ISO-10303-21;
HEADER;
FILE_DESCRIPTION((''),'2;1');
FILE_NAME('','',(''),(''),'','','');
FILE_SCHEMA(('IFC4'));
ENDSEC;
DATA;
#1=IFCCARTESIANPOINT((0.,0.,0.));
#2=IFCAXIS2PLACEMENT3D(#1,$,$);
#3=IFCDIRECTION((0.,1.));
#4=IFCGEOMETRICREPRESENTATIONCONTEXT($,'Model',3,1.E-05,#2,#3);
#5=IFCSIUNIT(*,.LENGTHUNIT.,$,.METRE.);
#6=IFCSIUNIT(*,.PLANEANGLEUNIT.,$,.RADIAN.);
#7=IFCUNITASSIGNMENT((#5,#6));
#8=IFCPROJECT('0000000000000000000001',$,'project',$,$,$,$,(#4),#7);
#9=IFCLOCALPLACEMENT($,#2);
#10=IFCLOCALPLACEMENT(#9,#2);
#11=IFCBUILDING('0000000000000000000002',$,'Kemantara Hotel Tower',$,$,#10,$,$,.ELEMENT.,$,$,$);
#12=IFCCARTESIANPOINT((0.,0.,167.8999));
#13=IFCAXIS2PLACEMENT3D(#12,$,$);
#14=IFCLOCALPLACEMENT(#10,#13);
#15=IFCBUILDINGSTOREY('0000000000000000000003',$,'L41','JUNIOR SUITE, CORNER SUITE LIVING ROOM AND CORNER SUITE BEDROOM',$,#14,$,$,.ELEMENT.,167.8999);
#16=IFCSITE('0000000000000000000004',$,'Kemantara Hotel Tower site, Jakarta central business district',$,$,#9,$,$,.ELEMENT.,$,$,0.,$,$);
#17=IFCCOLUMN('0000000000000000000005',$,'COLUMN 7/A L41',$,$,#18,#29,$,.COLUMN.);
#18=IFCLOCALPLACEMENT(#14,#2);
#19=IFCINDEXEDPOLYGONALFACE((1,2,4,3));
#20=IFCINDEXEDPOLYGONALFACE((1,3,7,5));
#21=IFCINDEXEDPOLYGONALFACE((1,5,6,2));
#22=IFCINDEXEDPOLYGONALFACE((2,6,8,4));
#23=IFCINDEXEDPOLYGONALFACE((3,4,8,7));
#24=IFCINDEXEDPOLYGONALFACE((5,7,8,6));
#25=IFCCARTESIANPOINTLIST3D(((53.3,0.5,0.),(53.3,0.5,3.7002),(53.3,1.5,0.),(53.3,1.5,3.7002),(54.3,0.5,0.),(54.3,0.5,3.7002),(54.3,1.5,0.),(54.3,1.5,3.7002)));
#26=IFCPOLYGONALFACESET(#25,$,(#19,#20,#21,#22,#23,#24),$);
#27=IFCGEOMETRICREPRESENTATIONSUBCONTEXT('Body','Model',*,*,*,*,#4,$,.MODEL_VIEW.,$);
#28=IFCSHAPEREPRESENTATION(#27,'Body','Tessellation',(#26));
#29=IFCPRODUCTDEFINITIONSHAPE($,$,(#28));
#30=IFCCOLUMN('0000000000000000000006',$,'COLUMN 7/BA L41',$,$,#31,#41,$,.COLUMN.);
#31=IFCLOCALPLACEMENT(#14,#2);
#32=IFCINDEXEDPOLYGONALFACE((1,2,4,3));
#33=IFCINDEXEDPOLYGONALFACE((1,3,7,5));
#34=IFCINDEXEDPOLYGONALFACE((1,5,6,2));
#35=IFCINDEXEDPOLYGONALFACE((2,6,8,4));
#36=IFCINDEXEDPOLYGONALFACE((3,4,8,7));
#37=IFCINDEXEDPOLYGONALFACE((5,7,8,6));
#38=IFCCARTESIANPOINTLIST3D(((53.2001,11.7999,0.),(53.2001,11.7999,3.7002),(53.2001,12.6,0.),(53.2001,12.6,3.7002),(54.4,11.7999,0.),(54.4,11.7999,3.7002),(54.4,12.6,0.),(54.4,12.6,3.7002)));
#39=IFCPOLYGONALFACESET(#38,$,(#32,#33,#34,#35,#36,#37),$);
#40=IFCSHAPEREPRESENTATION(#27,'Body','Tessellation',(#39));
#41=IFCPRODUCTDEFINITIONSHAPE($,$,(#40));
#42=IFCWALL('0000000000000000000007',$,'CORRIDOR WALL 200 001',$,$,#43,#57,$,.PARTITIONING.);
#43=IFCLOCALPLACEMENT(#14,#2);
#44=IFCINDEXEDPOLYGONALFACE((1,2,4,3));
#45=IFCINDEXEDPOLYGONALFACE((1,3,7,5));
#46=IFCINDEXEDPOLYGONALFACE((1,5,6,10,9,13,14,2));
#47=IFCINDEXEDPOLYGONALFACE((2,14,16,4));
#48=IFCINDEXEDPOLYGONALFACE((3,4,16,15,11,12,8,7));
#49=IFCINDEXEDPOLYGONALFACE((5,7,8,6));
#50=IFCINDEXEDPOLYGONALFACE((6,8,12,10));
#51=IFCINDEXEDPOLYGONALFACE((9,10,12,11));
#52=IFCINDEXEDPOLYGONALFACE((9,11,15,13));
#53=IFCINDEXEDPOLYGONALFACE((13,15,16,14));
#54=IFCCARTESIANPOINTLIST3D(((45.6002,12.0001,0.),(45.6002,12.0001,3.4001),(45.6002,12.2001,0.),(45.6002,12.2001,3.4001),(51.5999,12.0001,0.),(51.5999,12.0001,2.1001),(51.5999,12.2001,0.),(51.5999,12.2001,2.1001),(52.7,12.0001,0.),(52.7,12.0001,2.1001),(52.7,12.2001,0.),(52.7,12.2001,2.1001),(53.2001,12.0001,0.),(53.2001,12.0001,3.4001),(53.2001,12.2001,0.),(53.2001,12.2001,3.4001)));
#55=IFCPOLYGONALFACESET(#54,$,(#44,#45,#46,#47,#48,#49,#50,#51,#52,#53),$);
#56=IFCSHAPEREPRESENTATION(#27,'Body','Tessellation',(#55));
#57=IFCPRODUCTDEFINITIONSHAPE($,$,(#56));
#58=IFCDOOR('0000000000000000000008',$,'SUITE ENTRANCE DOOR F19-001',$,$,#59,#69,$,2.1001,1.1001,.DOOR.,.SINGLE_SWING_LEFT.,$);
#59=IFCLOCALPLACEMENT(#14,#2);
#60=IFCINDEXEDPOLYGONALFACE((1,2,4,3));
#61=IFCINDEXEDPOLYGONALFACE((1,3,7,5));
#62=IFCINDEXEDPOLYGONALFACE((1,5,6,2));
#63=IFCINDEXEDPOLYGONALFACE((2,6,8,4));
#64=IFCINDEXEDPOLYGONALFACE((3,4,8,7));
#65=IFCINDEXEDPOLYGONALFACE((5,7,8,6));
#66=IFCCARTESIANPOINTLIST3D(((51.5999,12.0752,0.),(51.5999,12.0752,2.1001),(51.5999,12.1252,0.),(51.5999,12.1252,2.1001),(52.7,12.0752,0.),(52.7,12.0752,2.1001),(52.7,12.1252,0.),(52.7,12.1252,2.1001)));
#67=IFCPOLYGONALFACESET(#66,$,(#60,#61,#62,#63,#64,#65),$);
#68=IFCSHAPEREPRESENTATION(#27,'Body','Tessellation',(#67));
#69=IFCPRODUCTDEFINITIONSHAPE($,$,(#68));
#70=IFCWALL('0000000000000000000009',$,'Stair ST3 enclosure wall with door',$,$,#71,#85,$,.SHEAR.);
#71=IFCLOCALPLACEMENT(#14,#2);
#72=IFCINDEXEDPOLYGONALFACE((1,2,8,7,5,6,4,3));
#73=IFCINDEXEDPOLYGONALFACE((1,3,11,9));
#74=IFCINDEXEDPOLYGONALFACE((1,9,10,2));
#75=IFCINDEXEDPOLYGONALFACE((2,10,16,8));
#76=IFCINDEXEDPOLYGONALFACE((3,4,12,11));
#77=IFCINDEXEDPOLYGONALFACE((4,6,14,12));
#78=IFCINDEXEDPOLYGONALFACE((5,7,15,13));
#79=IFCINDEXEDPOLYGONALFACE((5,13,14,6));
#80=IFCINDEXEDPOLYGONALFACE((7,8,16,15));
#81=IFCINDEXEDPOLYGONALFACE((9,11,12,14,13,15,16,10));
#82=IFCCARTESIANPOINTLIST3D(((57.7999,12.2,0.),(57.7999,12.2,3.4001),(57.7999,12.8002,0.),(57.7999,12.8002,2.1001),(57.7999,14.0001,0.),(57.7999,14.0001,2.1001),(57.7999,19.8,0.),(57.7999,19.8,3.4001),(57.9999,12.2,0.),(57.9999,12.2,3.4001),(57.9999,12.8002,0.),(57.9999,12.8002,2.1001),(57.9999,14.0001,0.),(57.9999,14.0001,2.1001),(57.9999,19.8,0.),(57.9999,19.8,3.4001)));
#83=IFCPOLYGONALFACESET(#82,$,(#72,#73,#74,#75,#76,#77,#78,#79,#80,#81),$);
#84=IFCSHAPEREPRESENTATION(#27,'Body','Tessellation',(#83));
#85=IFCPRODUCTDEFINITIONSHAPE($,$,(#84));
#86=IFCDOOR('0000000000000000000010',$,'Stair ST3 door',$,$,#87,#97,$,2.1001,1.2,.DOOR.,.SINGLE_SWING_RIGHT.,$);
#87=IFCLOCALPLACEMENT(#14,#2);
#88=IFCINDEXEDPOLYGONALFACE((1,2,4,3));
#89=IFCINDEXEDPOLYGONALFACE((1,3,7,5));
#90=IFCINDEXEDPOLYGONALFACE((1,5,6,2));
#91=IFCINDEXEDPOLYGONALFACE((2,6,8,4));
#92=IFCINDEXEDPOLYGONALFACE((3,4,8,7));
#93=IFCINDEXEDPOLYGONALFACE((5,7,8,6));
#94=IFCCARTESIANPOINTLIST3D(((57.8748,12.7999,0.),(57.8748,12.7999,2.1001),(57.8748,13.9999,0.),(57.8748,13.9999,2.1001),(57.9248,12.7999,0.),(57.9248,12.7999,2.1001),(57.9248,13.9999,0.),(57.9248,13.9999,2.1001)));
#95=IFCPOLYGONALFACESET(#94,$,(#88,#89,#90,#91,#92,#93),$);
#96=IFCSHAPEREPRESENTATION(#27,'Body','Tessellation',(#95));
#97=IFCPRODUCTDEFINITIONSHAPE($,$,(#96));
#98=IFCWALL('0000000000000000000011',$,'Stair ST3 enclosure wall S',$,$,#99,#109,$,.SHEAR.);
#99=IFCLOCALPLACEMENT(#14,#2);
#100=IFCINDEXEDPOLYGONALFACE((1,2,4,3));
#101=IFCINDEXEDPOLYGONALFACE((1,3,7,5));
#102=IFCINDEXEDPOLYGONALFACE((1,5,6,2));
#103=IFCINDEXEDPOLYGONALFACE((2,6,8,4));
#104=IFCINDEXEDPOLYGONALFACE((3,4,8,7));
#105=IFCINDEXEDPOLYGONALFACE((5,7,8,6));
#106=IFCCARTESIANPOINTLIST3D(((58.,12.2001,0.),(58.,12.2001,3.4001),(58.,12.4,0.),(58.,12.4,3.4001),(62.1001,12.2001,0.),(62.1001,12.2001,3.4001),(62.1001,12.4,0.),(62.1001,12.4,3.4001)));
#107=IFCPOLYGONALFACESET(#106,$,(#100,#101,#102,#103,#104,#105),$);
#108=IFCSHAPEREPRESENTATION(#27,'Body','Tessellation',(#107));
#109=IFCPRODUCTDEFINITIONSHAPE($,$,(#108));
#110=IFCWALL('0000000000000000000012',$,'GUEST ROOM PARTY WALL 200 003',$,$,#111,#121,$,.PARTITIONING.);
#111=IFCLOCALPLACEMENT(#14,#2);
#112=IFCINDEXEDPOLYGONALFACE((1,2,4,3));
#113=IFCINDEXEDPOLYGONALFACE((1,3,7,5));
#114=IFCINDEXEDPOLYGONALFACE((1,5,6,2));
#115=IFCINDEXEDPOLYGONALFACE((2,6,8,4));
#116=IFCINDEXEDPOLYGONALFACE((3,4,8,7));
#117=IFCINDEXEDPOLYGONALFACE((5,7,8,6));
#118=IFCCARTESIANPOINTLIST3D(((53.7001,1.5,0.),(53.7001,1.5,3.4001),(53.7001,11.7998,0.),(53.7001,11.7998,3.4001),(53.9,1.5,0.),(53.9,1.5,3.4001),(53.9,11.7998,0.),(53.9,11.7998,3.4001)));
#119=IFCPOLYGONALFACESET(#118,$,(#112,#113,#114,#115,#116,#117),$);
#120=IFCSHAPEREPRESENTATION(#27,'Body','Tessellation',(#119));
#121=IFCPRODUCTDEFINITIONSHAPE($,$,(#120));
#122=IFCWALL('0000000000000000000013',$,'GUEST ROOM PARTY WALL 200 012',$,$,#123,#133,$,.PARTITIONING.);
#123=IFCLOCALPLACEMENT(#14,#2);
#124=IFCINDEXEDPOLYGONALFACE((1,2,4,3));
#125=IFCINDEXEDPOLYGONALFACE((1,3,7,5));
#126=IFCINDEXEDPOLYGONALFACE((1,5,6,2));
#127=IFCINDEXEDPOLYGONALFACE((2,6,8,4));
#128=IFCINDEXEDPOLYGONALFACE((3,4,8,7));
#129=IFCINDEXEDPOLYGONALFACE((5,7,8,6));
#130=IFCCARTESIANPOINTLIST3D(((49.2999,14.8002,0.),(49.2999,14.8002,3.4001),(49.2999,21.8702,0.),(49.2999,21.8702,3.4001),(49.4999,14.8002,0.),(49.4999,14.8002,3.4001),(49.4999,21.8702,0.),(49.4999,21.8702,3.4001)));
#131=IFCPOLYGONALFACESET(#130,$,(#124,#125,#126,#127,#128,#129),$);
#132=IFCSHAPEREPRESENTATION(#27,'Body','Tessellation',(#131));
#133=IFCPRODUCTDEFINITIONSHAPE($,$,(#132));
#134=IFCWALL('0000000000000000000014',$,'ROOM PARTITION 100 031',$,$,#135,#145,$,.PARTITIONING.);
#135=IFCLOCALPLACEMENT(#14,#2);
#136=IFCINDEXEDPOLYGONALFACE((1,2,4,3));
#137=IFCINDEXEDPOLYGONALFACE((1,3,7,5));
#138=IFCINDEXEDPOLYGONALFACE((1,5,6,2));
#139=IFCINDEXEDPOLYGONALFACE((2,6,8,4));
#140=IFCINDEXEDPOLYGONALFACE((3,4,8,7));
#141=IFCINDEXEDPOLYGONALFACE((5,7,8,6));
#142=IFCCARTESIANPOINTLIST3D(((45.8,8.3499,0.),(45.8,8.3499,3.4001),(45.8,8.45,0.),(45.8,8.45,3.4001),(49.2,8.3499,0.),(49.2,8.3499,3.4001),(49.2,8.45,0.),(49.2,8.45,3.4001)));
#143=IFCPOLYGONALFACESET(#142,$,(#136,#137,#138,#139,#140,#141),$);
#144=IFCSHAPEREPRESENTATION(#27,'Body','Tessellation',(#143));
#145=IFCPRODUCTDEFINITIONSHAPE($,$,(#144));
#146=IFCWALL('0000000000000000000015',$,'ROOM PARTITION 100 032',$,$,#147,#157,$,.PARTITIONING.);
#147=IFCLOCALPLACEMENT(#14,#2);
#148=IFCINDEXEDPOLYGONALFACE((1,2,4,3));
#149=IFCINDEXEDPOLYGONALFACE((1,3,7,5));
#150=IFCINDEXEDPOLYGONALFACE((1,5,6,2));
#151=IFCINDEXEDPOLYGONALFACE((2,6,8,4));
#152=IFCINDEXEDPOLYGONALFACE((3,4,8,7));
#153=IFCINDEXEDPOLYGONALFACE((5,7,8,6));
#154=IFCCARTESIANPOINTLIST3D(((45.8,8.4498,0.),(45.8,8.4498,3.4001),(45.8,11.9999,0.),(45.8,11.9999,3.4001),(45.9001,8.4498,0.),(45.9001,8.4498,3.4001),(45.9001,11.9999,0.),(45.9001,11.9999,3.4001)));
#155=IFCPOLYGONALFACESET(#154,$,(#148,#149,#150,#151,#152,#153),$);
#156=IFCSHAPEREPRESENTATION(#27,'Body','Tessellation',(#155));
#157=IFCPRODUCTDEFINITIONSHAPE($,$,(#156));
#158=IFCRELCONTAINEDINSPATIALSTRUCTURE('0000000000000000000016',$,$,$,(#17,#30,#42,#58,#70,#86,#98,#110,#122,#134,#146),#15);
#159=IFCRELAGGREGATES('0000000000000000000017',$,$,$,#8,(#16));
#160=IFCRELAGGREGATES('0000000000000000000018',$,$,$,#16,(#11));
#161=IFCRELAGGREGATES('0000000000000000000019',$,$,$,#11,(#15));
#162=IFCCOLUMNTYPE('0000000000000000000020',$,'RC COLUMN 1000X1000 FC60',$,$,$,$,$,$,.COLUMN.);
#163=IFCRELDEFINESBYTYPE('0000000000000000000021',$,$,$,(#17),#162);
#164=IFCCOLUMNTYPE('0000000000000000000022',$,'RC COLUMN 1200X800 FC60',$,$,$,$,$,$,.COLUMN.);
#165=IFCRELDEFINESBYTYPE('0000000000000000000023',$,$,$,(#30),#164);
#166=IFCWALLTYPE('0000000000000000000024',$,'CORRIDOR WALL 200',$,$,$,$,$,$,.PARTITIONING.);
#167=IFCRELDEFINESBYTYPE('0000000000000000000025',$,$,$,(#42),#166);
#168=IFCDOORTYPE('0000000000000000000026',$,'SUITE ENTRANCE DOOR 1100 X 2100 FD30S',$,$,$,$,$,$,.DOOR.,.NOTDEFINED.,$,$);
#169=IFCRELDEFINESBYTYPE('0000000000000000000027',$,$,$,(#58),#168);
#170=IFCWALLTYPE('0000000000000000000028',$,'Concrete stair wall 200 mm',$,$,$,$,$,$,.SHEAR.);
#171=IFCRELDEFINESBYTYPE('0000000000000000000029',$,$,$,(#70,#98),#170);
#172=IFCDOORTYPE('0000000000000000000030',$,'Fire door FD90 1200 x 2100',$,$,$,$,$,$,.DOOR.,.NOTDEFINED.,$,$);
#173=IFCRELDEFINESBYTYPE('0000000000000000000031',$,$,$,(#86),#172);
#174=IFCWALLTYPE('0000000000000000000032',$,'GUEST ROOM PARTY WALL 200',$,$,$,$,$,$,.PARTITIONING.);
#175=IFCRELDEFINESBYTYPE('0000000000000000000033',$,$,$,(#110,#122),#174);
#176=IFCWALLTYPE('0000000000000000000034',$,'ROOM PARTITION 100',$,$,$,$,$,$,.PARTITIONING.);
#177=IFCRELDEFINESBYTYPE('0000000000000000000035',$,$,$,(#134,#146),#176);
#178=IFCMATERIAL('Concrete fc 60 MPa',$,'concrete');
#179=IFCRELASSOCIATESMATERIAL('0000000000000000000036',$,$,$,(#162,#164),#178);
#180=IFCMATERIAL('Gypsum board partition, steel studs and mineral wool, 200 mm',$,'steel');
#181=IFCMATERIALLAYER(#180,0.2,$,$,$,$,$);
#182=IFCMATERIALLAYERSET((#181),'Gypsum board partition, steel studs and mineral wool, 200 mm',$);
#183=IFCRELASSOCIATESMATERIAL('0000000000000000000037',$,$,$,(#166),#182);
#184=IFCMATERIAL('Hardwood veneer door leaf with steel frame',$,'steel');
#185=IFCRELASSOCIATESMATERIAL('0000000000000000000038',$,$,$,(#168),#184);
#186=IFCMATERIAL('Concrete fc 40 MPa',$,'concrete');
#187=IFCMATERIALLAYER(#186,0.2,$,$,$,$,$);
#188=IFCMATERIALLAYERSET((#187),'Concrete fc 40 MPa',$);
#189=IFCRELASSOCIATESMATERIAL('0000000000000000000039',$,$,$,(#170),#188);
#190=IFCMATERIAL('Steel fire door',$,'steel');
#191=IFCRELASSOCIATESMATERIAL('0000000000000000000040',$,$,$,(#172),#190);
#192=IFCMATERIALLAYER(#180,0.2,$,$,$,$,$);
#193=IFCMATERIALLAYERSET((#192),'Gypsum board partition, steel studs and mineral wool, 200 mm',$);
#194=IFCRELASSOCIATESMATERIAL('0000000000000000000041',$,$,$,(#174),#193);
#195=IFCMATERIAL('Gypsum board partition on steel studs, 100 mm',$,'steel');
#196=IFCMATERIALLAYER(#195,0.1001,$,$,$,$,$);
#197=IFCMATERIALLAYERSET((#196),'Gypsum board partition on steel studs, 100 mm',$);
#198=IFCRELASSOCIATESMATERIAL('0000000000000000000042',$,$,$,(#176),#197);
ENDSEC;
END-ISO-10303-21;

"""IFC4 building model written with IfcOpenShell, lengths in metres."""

from ifc_helpers import new_model, si_unit, direction, frame, frame_2d, origin, origin_2d, place, context, subcontext, project, spatial, rectangle, extrude, material, layer, layer_set, material_profile, profile_set, type_object, element, fill, save


model = new_model("IFC4")

# Units and contexts
model_context = context("Model", 3, precision=1e-05, world=origin(), true_north=direction((0.0, 1.0)))
body_context = subcontext(model_context, "Body", "Model", "MODEL_VIEW")
ifc_project = project(units=[si_unit("LENGTHUNIT", "METRE"), si_unit("PLANEANGLEUNIT", "RADIAN")], contexts=[model_context])

# Site, building, storey
site_placement = place(None, origin())
site = spatial("IfcSite", under=ifc_project, at=site_placement, Name="Kemantara Hotel Tower site, Jakarta central business district", CompositionType="ELEMENT", RefElevation=0.0)
building_placement = place(site_placement, origin())
building = spatial("IfcBuilding", under=site, at=building_placement, Name="Kemantara Hotel Tower", CompositionType="ELEMENT")
storey_placement = place(building_placement, frame((0.0, 0.0, 167.8999)))
storey = spatial("IfcBuildingStorey", under=building, at=storey_placement, Name="L41", Description="JUNIOR SUITE, CORNER SUITE LIVING ROOM AND CORNER SUITE BEDROOM", CompositionType="ELEMENT", Elevation=167.8999)

# Columns
ifc_material_1 = material(Name="Concrete fc 60 MPa", Category="concrete")
ifc_material_profile_1 = material_profile(ifc_material_1, rectangle(XDim=1.0, YDim=1.0, at=origin_2d()), Name="RC 1000X1000")
ifc_profile_set_1 = profile_set([ifc_material_profile_1], Name="Concrete fc 60 MPa")
column_type_1 = type_object("IfcColumnType", Name="RC COLUMN 1000X1000 FC60", PredefinedType="COLUMN", material=ifc_profile_set_1)
column_1_placement = place(storey_placement, frame((53.8, 1.0, 0.0), z_axis=(0.0, 0.0, 1.0), x_axis=(1.0, 0.0, 0.0)))
element("IfcColumn", 1, at=column_1_placement, inside=storey, type_object=column_type_1, Name="COLUMN 7/A L41", PredefinedType="COLUMN", context=body_context, shape_type="SweptSolid", body=[
    extrude(rectangle(XDim=1.0, YDim=1.0, at=origin_2d()), origin(), (0.0, 0.0, 1.0), 3.7002),
])
ifc_material_profile_2 = material_profile(ifc_material_1, rectangle(XDim=1.2, YDim=0.8, at=origin_2d()), Name="RC 1200X800")
ifc_profile_set_2 = profile_set([ifc_material_profile_2], Name="Concrete fc 60 MPa")
column_type_2 = type_object("IfcColumnType", Name="RC COLUMN 1200X800 FC60", PredefinedType="COLUMN", material=ifc_profile_set_2)
column_2_placement = place(storey_placement, frame((53.8, 12.2, 0.0), z_axis=(0.0, 0.0, 1.0), x_axis=(1.0, 0.0, 0.0)))
element("IfcColumn", 2, at=column_2_placement, inside=storey, type_object=column_type_2, Name="COLUMN 7/BA L41", PredefinedType="COLUMN", context=body_context, shape_type="SweptSolid", body=[
    extrude(rectangle(XDim=1.2, YDim=0.8, at=origin_2d()), origin(), (0.0, 0.0, 1.0), 3.7002),
])

# Walls, openings, doors
ifc_material_2 = material(Name="Gypsum board partition, steel studs and mineral wool, 200 mm", Category="steel")
ifc_layer_1 = layer(ifc_material_2, 0.2)
ifc_layer_set_1 = layer_set([ifc_layer_1], Name="Gypsum board partition, steel studs and mineral wool, 200 mm")
wall_type_1 = type_object("IfcWallType", Name="CORRIDOR WALL 200", PredefinedType="PARTITIONING", material=ifc_layer_set_1)
wall_1_placement = place(storey_placement, frame((53.2, 12.1001, 0.0), z_axis=(0.0, 0.0, 1.0), x_axis=(-1.0, 0.0, 0.0)))
wall_1 = element("IfcWall", 3, at=wall_1_placement, inside=storey, type_object=wall_type_1, Name="CORRIDOR WALL 200 001", PredefinedType="PARTITIONING", context=body_context, shape_type="SweptSolid", body=[
    extrude(rectangle(XDim=7.5999, YDim=0.2, at=frame_2d((3.7998, 0.0))), origin(), (0.0, 0.0, 1.0), 3.4001),
])
opening_1_placement = place(wall_1_placement, frame((0.5, 0.0, 0.0)))
opening_1 = element("IfcOpeningElement", 4, at=opening_1_placement, cuts=wall_1, PredefinedType="OPENING", context=body_context, shape_type="SweptSolid", body=[
    extrude(rectangle(XDim=1.1001, YDim=2.1001, at=frame_2d((0.55, 1.05))), frame((0.0, 0.1099, 0.0), z_axis=(0.0, -1.0, 0.0), x_axis=(1.0, 0.0, 0.0)), (0.0, 0.0, 1.0), 0.22),
])
ifc_material_3 = material(Name="Hardwood veneer door leaf with steel frame", Category="steel")
door_type_1 = type_object("IfcDoorType", Name="SUITE ENTRANCE DOOR 1100 X 2100 FD30S", OperationType="NOTDEFINED", PredefinedType="DOOR", material=ifc_material_3)
door_1_placement = place(opening_1_placement, origin())
door_1 = element("IfcDoor", 5, at=door_1_placement, inside=storey, type_object=door_type_1, Name="SUITE ENTRANCE DOOR F19-001", OperationType="SINGLE_SWING_LEFT", OverallHeight=2.1001, OverallWidth=1.1001, PredefinedType="DOOR", context=body_context, shape_type="SweptSolid", body=[
    extrude(rectangle(XDim=1.1001, YDim=2.1001, at=frame_2d((0.55, 1.05))), frame((0.0, 0.0249, 0.0), z_axis=(0.0, -1.0, 0.0), x_axis=(1.0, 0.0, 0.0)), (0.0, 0.0, 1.0), 0.05),
])
fill(opening_1, door_1)
ifc_material_4 = material(Name="Concrete fc 40 MPa", Category="concrete")
ifc_layer_2 = layer(ifc_material_4, 0.2)
ifc_layer_set_2 = layer_set([ifc_layer_2], Name="Concrete fc 40 MPa")
wall_type_2 = type_object("IfcWallType", Name="Concrete stair wall 200 mm", PredefinedType="SHEAR", material=ifc_layer_set_2)
wall_2_placement = place(storey_placement, frame((57.8999, 12.2, 0.0), z_axis=(0.0, 0.0, 1.0), x_axis=(0.0, 1.0, 0.0)))
wall_2 = element("IfcWall", 6, at=wall_2_placement, inside=storey, type_object=wall_type_2, Name="Stair ST3 enclosure wall with door", PredefinedType="SHEAR", context=body_context, shape_type="SweptSolid", body=[
    extrude(rectangle(XDim=7.6001, YDim=0.2, at=frame_2d((3.8, 0.0))), origin(), (0.0, 0.0, 1.0), 3.4001),
])
opening_2_placement = place(wall_2_placement, frame((0.6001, 0.0, 0.0)))
opening_2 = element("IfcOpeningElement", 7, at=opening_2_placement, cuts=wall_2, PredefinedType="OPENING", context=body_context, shape_type="SweptSolid", body=[
    extrude(rectangle(XDim=1.2, YDim=2.1001, at=frame_2d((0.6001, 1.05))), frame((0.0, 0.1099, 0.0), z_axis=(0.0, -1.0, 0.0), x_axis=(1.0, 0.0, 0.0)), (0.0, 0.0, 1.0), 0.22),
])
ifc_material_5 = material(Name="Steel fire door", Category="steel")
door_type_2 = type_object("IfcDoorType", Name="Fire door FD90 1200 x 2100", OperationType="NOTDEFINED", PredefinedType="DOOR", material=ifc_material_5)
door_2_placement = place(opening_2_placement, frame((1.2, 0.0, 0.0), z_axis=(0.0, 0.0, 1.0), x_axis=(-1.0, 0.0, 0.0)))
door_2 = element("IfcDoor", 8, at=door_2_placement, inside=storey, type_object=door_type_2, Name="Stair ST3 door", OperationType="SINGLE_SWING_RIGHT", OverallHeight=2.1001, OverallWidth=1.2, PredefinedType="DOOR", context=body_context, shape_type="SweptSolid", body=[
    extrude(rectangle(XDim=1.2, YDim=2.1001, at=frame_2d((0.6001, 1.05))), frame((0.0, 0.0249, 0.0), z_axis=(0.0, -1.0, 0.0), x_axis=(1.0, 0.0, 0.0)), (0.0, 0.0, 1.0), 0.05),
])
fill(opening_2, door_2)

# Walls
wall_3_placement = place(storey_placement, frame((58.0, 12.3, 0.0), z_axis=(0.0, 0.0, 1.0), x_axis=(1.0, 0.0, 0.0)))
element("IfcWall", 9, at=wall_3_placement, inside=storey, type_object=wall_type_2, Name="Stair ST3 enclosure wall S", PredefinedType="SHEAR", context=body_context, shape_type="SweptSolid", body=[
    extrude(rectangle(XDim=4.1001, YDim=0.2, at=frame_2d((2.05, 0.0))), origin(), (0.0, 0.0, 1.0), 3.4001),
])
ifc_layer_3 = layer(ifc_material_2, 0.2)
ifc_layer_set_3 = layer_set([ifc_layer_3], Name="Gypsum board partition, steel studs and mineral wool, 200 mm")
wall_type_3 = type_object("IfcWallType", Name="GUEST ROOM PARTY WALL 200", PredefinedType="PARTITIONING", material=ifc_layer_set_3)
wall_4_placement = place(storey_placement, frame((53.8, 1.5, 0.0), z_axis=(0.0, 0.0, 1.0), x_axis=(0.0, 1.0, 0.0)))
element("IfcWall", 10, at=wall_4_placement, inside=storey, type_object=wall_type_3, Name="GUEST ROOM PARTY WALL 200 003", PredefinedType="PARTITIONING", context=body_context, shape_type="SweptSolid", body=[
    extrude(rectangle(XDim=10.2998, YDim=0.2, at=frame_2d((5.1499, 0.0))), origin(), (0.0, 0.0, 1.0), 3.4001),
])
wall_5_placement = place(storey_placement, frame((49.3999, 14.8, 0.0), z_axis=(0.0, 0.0, 1.0), x_axis=(0.0, 1.0, 0.0)))
element("IfcWall", 11, at=wall_5_placement, inside=storey, type_object=wall_type_3, Name="GUEST ROOM PARTY WALL 200 012", PredefinedType="PARTITIONING", context=body_context, shape_type="SweptSolid", body=[
    extrude(rectangle(XDim=7.0701, YDim=0.2, at=frame_2d((3.5352, 0.0))), origin(), (0.0, 0.0, 1.0), 3.4001),
])
ifc_material_6 = material(Name="Gypsum board partition on steel studs, 100 mm", Category="steel")
ifc_layer_4 = layer(ifc_material_6, 0.1001)
ifc_layer_set_4 = layer_set([ifc_layer_4], Name="Gypsum board partition on steel studs, 100 mm")
wall_type_4 = type_object("IfcWallType", Name="ROOM PARTITION 100", PredefinedType="PARTITIONING", material=ifc_layer_set_4)
wall_6_placement = place(storey_placement, frame((45.8, 8.3999, 0.0), z_axis=(0.0, 0.0, 1.0), x_axis=(1.0, 0.0, 0.0)))
element("IfcWall", 12, at=wall_6_placement, inside=storey, type_object=wall_type_4, Name="ROOM PARTITION 100 031", PredefinedType="PARTITIONING", context=body_context, shape_type="SweptSolid", body=[
    extrude(rectangle(XDim=3.3999, YDim=0.1001, at=frame_2d((1.7, 0.0))), origin(), (0.0, 0.0, 1.0), 3.4001),
])
wall_7_placement = place(storey_placement, frame((45.8501, 8.45, 0.0), z_axis=(0.0, 0.0, 1.0), x_axis=(0.0, 1.0, 0.0)))
element("IfcWall", 13, at=wall_7_placement, inside=storey, type_object=wall_type_4, Name="ROOM PARTITION 100 032", PredefinedType="PARTITIONING", context=body_context, shape_type="SweptSolid", body=[
    extrude(rectangle(XDim=3.55, YDim=0.1001, at=frame_2d((1.7749, 0.0))), origin(), (0.0, 0.0, 1.0), 3.4001),
])

save(model, "model.ifc")
